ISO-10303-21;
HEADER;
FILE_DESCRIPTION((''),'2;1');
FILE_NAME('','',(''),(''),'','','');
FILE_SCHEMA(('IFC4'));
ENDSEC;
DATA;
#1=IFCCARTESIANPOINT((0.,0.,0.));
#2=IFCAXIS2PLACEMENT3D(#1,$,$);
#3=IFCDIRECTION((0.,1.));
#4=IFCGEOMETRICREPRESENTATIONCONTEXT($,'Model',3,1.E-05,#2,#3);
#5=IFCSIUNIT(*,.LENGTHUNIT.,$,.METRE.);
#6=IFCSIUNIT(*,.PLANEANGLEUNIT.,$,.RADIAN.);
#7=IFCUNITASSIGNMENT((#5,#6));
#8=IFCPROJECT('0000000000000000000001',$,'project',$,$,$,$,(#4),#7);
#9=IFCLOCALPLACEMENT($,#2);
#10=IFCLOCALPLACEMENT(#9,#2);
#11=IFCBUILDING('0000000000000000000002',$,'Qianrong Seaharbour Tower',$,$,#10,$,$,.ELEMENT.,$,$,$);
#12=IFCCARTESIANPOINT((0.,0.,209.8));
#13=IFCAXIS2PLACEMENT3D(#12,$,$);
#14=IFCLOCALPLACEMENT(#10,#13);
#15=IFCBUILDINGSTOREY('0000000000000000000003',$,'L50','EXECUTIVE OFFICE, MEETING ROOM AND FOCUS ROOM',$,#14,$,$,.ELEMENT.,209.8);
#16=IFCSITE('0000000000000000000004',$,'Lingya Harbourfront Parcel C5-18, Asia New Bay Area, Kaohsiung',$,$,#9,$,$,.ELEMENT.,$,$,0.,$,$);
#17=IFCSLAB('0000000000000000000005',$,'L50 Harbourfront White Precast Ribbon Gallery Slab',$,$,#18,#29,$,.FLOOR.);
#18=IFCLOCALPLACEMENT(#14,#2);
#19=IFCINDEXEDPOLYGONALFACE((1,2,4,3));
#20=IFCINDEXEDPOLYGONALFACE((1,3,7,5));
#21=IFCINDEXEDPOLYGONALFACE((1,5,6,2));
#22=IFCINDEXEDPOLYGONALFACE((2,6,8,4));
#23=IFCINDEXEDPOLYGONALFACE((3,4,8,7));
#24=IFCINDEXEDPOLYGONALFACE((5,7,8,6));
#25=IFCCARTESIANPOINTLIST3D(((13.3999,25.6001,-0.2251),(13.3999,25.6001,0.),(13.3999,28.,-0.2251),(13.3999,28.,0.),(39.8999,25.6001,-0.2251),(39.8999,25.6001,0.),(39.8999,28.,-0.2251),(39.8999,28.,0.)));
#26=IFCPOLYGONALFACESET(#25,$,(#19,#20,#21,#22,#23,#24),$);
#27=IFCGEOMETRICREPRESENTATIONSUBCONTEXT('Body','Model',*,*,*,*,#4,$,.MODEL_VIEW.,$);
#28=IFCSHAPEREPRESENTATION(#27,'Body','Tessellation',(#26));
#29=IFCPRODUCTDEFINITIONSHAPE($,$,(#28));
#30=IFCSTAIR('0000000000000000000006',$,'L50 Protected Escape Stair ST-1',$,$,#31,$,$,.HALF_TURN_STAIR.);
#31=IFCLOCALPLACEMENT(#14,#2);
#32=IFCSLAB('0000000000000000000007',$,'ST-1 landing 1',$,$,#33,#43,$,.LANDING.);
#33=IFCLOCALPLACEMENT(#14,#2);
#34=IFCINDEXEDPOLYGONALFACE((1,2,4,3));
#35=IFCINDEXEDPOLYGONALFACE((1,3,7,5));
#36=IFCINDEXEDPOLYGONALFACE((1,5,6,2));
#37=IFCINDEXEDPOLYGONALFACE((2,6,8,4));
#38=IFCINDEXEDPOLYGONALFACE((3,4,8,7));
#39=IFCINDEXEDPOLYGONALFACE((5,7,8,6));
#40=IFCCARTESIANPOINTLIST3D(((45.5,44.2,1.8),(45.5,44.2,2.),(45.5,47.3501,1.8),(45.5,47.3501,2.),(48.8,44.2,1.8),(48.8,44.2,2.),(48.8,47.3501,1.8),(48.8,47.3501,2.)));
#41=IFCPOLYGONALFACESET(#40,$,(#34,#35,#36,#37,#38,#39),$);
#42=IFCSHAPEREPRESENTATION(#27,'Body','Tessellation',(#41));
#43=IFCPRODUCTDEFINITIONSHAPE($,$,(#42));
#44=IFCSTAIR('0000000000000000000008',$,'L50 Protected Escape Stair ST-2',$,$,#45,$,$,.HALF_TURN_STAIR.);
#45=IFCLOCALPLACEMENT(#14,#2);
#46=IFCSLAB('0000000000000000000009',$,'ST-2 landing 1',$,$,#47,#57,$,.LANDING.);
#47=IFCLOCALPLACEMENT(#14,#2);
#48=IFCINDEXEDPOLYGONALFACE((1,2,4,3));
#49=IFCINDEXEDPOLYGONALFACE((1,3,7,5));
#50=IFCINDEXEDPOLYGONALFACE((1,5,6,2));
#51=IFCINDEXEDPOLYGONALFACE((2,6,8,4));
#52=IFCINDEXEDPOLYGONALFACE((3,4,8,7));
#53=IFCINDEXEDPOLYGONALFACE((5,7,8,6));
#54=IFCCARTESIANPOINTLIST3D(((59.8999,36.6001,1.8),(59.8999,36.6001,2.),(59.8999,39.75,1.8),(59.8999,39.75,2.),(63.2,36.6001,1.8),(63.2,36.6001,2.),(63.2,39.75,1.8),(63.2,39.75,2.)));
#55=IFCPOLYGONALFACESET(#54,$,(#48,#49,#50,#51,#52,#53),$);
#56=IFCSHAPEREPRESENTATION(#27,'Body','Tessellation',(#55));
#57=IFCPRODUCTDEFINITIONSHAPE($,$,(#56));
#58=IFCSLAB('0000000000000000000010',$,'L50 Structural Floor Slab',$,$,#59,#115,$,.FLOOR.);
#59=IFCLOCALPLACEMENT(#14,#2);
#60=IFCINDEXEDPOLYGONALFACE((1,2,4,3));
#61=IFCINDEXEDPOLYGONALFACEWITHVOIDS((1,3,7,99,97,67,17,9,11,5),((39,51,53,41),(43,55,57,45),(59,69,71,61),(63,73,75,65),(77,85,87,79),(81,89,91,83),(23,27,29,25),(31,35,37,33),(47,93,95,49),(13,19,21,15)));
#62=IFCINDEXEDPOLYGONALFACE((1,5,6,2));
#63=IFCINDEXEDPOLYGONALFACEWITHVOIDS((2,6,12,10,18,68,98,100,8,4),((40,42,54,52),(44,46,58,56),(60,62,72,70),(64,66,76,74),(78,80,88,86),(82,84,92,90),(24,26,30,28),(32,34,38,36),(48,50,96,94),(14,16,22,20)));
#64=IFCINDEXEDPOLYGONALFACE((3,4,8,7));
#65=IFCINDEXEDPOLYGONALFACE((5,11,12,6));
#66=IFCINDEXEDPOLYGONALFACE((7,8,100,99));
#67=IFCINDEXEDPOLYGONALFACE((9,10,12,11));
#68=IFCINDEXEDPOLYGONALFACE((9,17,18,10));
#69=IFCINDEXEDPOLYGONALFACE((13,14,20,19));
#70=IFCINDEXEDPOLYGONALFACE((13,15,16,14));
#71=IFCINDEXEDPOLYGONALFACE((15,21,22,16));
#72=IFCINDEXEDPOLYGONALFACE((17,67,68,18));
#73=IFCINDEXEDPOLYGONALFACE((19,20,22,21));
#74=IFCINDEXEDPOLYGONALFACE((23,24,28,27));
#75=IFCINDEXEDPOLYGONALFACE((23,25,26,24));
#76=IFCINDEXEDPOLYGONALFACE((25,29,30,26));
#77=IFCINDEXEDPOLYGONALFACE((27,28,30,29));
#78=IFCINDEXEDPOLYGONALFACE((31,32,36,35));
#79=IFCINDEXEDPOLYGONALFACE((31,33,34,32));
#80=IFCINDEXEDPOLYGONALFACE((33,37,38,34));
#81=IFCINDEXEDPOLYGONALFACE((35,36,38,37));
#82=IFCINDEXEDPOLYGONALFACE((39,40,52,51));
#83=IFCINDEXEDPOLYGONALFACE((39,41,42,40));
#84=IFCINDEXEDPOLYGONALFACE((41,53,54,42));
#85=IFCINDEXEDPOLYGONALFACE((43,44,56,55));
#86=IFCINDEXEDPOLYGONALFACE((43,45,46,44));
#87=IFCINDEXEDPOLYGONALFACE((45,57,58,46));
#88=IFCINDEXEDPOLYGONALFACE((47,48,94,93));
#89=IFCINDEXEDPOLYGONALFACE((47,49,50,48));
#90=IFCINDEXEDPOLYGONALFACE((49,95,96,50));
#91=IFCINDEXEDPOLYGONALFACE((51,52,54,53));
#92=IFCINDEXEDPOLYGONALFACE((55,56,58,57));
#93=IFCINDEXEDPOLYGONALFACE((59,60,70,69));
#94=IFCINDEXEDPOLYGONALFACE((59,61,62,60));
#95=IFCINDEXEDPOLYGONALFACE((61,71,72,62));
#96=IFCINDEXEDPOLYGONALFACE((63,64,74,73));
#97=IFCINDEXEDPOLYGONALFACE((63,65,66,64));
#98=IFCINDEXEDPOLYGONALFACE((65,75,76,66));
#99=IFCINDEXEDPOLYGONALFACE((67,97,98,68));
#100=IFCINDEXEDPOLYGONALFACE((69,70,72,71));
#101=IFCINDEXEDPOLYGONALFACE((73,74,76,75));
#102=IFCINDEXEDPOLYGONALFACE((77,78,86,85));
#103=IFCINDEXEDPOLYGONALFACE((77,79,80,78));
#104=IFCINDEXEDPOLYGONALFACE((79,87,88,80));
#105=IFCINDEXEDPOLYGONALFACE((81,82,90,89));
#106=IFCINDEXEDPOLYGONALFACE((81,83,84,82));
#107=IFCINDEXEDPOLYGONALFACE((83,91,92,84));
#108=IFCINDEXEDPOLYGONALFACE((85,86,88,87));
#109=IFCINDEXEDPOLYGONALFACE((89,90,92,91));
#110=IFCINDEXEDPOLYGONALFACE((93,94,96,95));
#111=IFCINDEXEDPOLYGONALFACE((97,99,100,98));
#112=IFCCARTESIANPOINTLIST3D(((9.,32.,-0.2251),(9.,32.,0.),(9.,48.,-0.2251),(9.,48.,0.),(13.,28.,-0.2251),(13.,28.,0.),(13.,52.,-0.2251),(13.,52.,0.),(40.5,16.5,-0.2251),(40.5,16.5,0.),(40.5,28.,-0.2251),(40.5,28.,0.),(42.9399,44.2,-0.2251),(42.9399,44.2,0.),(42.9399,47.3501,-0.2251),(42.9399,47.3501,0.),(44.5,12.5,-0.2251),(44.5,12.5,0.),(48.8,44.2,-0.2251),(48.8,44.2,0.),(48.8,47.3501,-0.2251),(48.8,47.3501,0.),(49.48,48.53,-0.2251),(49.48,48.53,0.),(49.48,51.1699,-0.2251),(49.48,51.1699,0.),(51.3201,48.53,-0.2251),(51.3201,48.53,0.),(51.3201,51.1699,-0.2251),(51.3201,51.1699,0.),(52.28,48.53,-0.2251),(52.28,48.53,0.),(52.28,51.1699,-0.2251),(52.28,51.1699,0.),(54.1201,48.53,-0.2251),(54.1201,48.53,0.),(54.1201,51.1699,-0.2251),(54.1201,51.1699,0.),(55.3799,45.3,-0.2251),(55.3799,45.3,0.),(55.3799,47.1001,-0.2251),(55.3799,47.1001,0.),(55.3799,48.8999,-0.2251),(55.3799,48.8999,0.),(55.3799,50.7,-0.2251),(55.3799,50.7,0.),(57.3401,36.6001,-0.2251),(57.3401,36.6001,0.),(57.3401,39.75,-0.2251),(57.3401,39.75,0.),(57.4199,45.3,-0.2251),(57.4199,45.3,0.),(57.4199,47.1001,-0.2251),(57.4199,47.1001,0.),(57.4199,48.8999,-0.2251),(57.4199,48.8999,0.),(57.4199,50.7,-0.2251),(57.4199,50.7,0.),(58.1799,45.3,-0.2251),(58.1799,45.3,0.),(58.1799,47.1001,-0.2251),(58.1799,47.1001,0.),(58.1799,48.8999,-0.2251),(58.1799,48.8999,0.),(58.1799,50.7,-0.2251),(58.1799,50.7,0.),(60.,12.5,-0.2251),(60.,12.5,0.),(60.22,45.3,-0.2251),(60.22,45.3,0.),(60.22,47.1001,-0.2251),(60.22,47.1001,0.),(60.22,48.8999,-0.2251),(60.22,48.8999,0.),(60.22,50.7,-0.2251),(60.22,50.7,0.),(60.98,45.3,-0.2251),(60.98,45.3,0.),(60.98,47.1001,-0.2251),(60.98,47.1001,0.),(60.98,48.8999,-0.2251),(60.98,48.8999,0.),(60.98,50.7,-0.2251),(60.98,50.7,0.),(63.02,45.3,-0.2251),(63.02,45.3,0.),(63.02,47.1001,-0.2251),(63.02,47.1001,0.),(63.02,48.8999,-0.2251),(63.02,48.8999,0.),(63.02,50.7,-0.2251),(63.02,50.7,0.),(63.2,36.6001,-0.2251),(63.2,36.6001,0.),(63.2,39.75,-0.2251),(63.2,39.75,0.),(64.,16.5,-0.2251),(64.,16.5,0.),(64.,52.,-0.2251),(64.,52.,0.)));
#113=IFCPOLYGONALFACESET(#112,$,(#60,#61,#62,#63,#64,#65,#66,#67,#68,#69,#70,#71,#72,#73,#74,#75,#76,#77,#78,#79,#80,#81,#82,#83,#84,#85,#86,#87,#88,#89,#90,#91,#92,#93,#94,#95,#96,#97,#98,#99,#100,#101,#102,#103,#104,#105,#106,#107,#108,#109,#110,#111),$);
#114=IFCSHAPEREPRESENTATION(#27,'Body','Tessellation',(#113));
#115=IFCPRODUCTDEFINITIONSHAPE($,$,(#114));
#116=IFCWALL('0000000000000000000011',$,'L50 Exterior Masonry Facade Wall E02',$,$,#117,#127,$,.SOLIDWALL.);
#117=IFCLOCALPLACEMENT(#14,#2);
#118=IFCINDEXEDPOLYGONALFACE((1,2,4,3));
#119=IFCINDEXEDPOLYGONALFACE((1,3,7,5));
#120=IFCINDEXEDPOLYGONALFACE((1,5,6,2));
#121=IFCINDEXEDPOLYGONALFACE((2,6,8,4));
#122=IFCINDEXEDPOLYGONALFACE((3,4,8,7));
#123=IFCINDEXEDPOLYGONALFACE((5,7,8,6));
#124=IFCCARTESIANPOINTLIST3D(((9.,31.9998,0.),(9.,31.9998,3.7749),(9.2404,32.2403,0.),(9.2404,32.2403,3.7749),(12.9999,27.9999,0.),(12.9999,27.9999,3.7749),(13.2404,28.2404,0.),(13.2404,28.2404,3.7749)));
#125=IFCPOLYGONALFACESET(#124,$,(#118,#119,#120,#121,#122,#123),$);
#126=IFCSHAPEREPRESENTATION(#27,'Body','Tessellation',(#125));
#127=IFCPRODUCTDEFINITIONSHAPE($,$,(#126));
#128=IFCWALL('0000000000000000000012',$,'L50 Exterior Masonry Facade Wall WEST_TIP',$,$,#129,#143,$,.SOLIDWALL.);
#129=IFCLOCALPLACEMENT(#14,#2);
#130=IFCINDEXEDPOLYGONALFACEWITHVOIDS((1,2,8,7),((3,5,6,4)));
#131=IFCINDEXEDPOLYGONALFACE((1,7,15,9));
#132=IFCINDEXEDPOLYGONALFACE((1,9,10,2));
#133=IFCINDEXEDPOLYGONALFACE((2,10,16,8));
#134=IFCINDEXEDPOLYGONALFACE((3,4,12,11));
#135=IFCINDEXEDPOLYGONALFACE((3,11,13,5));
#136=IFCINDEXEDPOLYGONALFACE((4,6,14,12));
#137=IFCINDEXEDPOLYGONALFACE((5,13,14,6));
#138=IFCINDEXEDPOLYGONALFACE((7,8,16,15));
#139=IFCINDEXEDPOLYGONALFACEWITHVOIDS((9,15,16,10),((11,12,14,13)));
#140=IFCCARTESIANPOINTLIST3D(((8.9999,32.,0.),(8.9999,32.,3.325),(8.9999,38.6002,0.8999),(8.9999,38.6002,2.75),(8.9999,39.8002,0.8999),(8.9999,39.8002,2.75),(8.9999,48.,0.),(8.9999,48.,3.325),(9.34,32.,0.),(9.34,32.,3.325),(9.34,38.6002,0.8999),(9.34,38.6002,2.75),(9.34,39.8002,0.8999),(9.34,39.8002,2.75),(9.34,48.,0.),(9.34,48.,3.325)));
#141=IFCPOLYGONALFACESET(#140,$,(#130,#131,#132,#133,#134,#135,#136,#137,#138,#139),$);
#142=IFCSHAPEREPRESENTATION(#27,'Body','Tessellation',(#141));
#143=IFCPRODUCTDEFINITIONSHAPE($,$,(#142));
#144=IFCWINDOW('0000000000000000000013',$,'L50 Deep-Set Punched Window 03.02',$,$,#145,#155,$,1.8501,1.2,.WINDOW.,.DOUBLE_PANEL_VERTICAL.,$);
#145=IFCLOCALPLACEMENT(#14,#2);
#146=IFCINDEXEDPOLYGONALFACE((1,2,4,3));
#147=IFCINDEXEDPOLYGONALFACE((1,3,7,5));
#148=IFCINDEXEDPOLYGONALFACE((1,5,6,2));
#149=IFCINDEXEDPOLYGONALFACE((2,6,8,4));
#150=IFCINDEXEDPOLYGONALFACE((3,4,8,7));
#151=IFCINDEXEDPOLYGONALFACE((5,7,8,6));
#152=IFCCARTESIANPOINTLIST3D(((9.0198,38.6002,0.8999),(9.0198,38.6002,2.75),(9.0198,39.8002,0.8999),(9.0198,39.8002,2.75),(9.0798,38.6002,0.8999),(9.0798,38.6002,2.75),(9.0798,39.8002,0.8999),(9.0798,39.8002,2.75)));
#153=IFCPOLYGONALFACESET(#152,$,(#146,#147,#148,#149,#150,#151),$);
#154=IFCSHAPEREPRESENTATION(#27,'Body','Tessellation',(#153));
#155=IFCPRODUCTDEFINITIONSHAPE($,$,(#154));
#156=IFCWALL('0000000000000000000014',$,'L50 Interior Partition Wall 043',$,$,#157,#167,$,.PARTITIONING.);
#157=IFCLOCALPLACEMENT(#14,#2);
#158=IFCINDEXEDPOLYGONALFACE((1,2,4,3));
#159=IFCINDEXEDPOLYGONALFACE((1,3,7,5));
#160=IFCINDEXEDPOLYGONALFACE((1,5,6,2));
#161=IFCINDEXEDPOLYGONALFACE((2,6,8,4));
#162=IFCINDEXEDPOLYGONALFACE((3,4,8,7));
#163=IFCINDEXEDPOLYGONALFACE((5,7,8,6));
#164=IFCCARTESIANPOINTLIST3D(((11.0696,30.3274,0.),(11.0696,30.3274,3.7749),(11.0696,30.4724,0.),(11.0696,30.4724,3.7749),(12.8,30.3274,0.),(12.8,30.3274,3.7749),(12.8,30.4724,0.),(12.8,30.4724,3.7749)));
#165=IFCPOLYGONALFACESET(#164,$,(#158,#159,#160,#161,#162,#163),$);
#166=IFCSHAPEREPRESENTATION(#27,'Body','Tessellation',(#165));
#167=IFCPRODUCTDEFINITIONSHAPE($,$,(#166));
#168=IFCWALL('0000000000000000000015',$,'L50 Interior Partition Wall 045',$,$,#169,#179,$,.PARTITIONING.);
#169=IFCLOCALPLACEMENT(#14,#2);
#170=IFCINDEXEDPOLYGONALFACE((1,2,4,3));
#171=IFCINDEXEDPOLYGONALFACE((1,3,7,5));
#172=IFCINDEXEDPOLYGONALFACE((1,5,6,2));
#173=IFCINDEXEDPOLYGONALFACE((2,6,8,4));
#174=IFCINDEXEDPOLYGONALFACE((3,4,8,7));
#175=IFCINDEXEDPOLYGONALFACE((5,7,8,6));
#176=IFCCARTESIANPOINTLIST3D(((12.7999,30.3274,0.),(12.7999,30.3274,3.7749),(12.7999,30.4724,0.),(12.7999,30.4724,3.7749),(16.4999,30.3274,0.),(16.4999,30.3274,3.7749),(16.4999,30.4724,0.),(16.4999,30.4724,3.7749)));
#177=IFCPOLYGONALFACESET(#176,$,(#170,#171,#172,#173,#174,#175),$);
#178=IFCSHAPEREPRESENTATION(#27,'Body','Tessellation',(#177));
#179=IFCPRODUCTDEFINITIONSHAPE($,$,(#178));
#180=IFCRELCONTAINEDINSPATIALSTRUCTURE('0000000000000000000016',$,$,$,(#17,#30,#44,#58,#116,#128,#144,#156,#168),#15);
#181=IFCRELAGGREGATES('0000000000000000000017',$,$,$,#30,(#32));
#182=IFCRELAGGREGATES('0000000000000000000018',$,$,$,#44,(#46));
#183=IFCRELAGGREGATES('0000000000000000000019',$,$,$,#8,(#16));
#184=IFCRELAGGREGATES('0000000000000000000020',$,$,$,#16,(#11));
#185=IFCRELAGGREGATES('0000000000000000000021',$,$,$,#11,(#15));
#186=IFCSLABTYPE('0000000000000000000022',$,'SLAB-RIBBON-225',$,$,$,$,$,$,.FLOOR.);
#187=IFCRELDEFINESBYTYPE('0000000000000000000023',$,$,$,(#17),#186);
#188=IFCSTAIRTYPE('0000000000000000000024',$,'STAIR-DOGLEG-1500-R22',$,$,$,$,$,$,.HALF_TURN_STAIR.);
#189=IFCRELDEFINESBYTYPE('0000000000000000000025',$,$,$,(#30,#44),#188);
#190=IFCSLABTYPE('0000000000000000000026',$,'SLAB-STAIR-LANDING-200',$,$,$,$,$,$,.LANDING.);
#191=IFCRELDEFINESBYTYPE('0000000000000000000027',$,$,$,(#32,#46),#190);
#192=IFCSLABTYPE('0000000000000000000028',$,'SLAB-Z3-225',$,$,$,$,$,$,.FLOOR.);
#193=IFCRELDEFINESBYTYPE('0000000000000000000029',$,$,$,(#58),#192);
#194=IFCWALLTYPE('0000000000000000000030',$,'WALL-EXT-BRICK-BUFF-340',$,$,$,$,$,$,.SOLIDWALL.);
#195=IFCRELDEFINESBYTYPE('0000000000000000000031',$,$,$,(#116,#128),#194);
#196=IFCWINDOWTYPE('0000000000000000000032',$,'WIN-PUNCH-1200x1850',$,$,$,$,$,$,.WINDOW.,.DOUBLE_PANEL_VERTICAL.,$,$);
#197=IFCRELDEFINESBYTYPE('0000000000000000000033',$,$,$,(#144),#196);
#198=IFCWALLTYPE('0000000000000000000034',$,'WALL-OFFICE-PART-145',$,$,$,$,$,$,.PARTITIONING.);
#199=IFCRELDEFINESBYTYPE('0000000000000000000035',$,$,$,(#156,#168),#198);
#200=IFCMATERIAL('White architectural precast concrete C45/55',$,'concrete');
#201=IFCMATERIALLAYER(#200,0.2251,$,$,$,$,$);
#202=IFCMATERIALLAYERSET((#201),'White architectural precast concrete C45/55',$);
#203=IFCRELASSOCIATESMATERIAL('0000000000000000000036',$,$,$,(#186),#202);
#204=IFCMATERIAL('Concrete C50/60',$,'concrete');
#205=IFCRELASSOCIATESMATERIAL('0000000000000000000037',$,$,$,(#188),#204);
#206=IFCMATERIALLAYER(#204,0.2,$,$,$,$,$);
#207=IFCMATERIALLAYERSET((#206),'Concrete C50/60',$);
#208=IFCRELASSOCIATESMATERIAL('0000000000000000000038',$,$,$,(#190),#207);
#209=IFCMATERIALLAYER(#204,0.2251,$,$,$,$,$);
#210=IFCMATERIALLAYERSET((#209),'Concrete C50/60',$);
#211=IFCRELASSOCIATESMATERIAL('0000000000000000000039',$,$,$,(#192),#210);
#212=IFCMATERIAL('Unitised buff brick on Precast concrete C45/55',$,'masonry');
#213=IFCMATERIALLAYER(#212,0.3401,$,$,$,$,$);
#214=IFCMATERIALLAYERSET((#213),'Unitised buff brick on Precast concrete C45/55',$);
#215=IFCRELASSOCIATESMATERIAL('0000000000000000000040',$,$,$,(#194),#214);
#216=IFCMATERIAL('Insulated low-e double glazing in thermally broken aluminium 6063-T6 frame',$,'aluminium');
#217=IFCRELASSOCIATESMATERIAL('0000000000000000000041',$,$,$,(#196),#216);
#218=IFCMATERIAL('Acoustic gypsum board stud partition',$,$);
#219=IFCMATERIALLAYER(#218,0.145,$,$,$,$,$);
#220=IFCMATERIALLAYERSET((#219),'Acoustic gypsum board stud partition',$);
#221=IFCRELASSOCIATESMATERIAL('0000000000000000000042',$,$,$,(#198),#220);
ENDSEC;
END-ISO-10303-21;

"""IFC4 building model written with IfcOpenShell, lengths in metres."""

from ifc_helpers import new_model, si_unit, direction, frame, frame_2d, origin, place, context, subcontext, project, spatial, polyline, rectangle, outline, extrude, material, layer, layer_set, type_object, element, fill, aggregate, save


model = new_model("IFC4")

# Units and contexts
model_context = context("Model", 3, precision=1e-05, world=origin(), true_north=direction((0.0, 1.0)))
body_context = subcontext(model_context, "Body", "Model", "MODEL_VIEW")
ifc_project = project(units=[si_unit("LENGTHUNIT", "METRE"), si_unit("PLANEANGLEUNIT", "RADIAN")], contexts=[model_context])

# Site, building, storey
site_placement = place(None, origin())
site = spatial("IfcSite", under=ifc_project, at=site_placement, Name="Lingya Harbourfront Parcel C5-18, Asia New Bay Area, Kaohsiung", CompositionType="ELEMENT", RefElevation=0.0)
building_placement = place(site_placement, origin())
building = spatial("IfcBuilding", under=site, at=building_placement, Name="Qianrong Seaharbour Tower", CompositionType="ELEMENT")
storey_placement = place(building_placement, frame((0.0, 0.0, 209.8)))
storey = spatial("IfcBuildingStorey", under=building, at=storey_placement, Name="L50", Description="EXECUTIVE OFFICE, MEETING ROOM AND FOCUS ROOM", CompositionType="ELEMENT", Elevation=209.8)

# Shared definitions
ifc_material_1 = material(Name="White architectural precast concrete C45/55", Category="concrete")

# Slab
ifc_layer_1 = layer(ifc_material_1, 0.2251)
ifc_layer_set_1 = layer_set([ifc_layer_1], Name="White architectural precast concrete C45/55")
slab_type_1 = type_object("IfcSlabType", Name="SLAB-RIBBON-225", PredefinedType="FLOOR", material=ifc_layer_set_1)
slab_1_placement = place(storey_placement, frame((0.0, 0.0, -0.2251)))
element("IfcSlab", 1, at=slab_1_placement, inside=storey, type_object=slab_type_1, Name="L50 Harbourfront White Precast Ribbon Gallery Slab", PredefinedType="FLOOR", context=body_context, shape_type="SweptSolid", body=[
    extrude(outline(polyline([(13.3999, 25.6001), (39.8999, 25.6001), (39.8999, 28.0), (13.3999, 28.0), (13.3999, 25.6001)])), origin(), (0.0, 0.0, 1.0), 0.2251),
])

# Stairs, slabs
ifc_material_2 = material(Name="Concrete C50/60", Category="concrete")
stair_type = type_object("IfcStairType", Name="STAIR-DOGLEG-1500-R22", PredefinedType="HALF_TURN_STAIR", material=ifc_material_2)
stair_1_placement = place(storey_placement, origin())
stair_1 = element("IfcStair", 2, at=stair_1_placement, inside=storey, type_object=stair_type, Name="L50 Protected Escape Stair ST-1", PredefinedType="HALF_TURN_STAIR")
ifc_layer_2 = layer(ifc_material_2, 0.2)
ifc_layer_set_2 = layer_set([ifc_layer_2], Name="Concrete C50/60")
slab_type_2 = type_object("IfcSlabType", Name="SLAB-STAIR-LANDING-200", PredefinedType="LANDING", material=ifc_layer_set_2)
slab_2_placement = place(storey_placement, frame((0.0, 0.0, 1.8)))
slab_2 = element("IfcSlab", 3, at=slab_2_placement, type_object=slab_type_2, Name="ST-1 landing 1", PredefinedType="LANDING", context=body_context, shape_type="SweptSolid", body=[
    extrude(outline(polyline([(45.5, 44.2), (48.8, 44.2), (48.8, 47.3501), (45.5, 47.3501), (45.5, 44.2)])), origin(), (0.0, 0.0, 1.0), 0.2),
])
aggregate(stair_1, [slab_2])
stair_2_placement = place(storey_placement, origin())
stair_2 = element("IfcStair", 4, at=stair_2_placement, inside=storey, type_object=stair_type, Name="L50 Protected Escape Stair ST-2", PredefinedType="HALF_TURN_STAIR")
slab_3_placement = place(storey_placement, frame((0.0, 0.0, 1.8)))
slab_3 = element("IfcSlab", 5, at=slab_3_placement, type_object=slab_type_2, Name="ST-2 landing 1", PredefinedType="LANDING", context=body_context, shape_type="SweptSolid", body=[
    extrude(outline(polyline([(59.8999, 36.6001), (63.2, 36.6001), (63.2, 39.75), (59.8999, 39.75), (59.8999, 36.6001)])), origin(), (0.0, 0.0, 1.0), 0.2),
])
aggregate(stair_2, [slab_3])

# Slab
ifc_layer_3 = layer(ifc_material_2, 0.2251)
ifc_layer_set_3 = layer_set([ifc_layer_3], Name="Concrete C50/60")
slab_type_3 = type_object("IfcSlabType", Name="SLAB-Z3-225", PredefinedType="FLOOR", material=ifc_layer_set_3)
slab_4_placement = place(storey_placement, frame((0.0, 0.0, -0.2251)))
element("IfcSlab", 6, at=slab_4_placement, inside=storey, type_object=slab_type_3, Name="L50 Structural Floor Slab", PredefinedType="FLOOR", context=body_context, shape_type="SweptSolid", body=[
    extrude(outline(polyline([(44.5, 12.5), (60.0, 12.5), (64.0, 16.5), (64.0, 52.0), (13.0, 52.0), (9.0, 48.0), (9.0, 32.0), (13.0, 28.0), (40.5, 28.0), (40.5, 16.5), (44.5, 12.5)]), holes=[polyline([(42.9399, 44.2), (42.9399, 47.3501), (48.8, 47.3501), (48.8, 44.2), (42.9399, 44.2)]), polyline([(57.3401, 36.6001), (57.3401, 39.75), (63.2, 39.75), (63.2, 36.6001), (57.3401, 36.6001)]), polyline([(49.48, 48.53), (49.48, 51.1699), (51.3201, 51.1699), (51.3201, 48.53), (49.48, 48.53)]), polyline([(52.28, 48.53), (52.28, 51.1699), (54.1201, 51.1699), (54.1201, 48.53), (52.28, 48.53)]), polyline([(55.3799, 45.3), (55.3799, 47.1001), (57.4199, 47.1001), (57.4199, 45.3), (55.3799, 45.3)]), polyline([(58.1799, 45.3), (58.1799, 47.1001), (60.22, 47.1001), (60.22, 45.3), (58.1799, 45.3)]), polyline([(60.98, 45.3), (60.98, 47.1001), (63.02, 47.1001), (63.02, 45.3), (60.98, 45.3)]), polyline([(55.3799, 48.8999), (55.3799, 50.7), (57.4199, 50.7), (57.4199, 48.8999), (55.3799, 48.8999)]), polyline([(58.1799, 48.8999), (58.1799, 50.7), (60.22, 50.7), (60.22, 48.8999), (58.1799, 48.8999)]), polyline([(60.98, 48.8999), (60.98, 50.7), (63.02, 50.7), (63.02, 48.8999), (60.98, 48.8999)])]), origin(), (0.0, 0.0, 1.0), 0.2251),
])

# Wall
ifc_material_3 = material(Name="Unitised buff brick on Precast concrete C45/55", Category="masonry")
ifc_layer_4 = layer(ifc_material_3, 0.3401)
ifc_layer_set_4 = layer_set([ifc_layer_4], Name="Unitised buff brick on Precast concrete C45/55")
wall_type_1 = type_object("IfcWallType", Name="WALL-EXT-BRICK-BUFF-340", PredefinedType="SOLIDWALL", material=ifc_layer_set_4)
wall_1_placement = place(storey_placement, frame((13.1201, 28.1201, 0.0), z_axis=(0.0, 0.0, 1.0), x_axis=(-0.707107, 0.707107, 0.0)))
element("IfcWall", 7, at=wall_1_placement, inside=storey, type_object=wall_type_1, Name="L50 Exterior Masonry Facade Wall E02", PredefinedType="SOLIDWALL", context=body_context, shape_type="SweptSolid", body=[
    extrude(rectangle(XDim=5.6567, YDim=0.3401, at=frame_2d((2.8284, 0.0))), origin(), (0.0, 0.0, 1.0), 3.7749),
])

# Wall, opening, window
wall_2_placement = place(storey_placement, frame((9.1699, 32.0, 0.0), z_axis=(0.0, 0.0, 1.0), x_axis=(0.0, 1.0, 0.0)))
wall_2 = element("IfcWall", 8, at=wall_2_placement, inside=storey, type_object=wall_type_1, Name="L50 Exterior Masonry Facade Wall WEST_TIP", PredefinedType="SOLIDWALL", context=body_context, shape_type="SweptSolid", body=[
    extrude(rectangle(XDim=16.0, YDim=0.3401, at=frame_2d((8.0, 0.0))), origin(), (0.0, 0.0, 1.0), 3.325),
])
opening_1_placement = place(wall_2_placement, frame((6.6001, 0.0, 0.8999)))
opening_1 = element("IfcOpeningElement", 9, at=opening_1_placement, cuts=wall_2, PredefinedType="OPENING", context=body_context, shape_type="SweptSolid", body=[
    extrude(rectangle(XDim=1.2, YDim=1.8501, at=frame_2d((0.6001, 0.925))), frame((0.0, 0.1802, 0.0), z_axis=(0.0, -1.0, 0.0), x_axis=(1.0, 0.0, 0.0)), (0.0, 0.0, 1.0), 0.3601),
])
ifc_material_4 = material(Name="Insulated low-e double glazing in thermally broken aluminium 6063-T6 frame", Category="aluminium")
window_type = type_object("IfcWindowType", Name="WIN-PUNCH-1200x1850", PartitioningType="DOUBLE_PANEL_VERTICAL", PredefinedType="WINDOW", material=ifc_material_4)
window_placement = place(opening_1_placement, origin())
window = element("IfcWindow", 10, at=window_placement, inside=storey, type_object=window_type, Name="L50 Deep-Set Punched Window 03.02", OverallHeight=1.8501, OverallWidth=1.2, PartitioningType="DOUBLE_PANEL_VERTICAL", PredefinedType="WINDOW", context=body_context, shape_type="SweptSolid", body=[
    extrude(rectangle(XDim=1.2, YDim=1.8501, at=frame_2d((0.6001, 0.925))), frame((0.0, 0.1501, 0.0), z_axis=(0.0, -1.0, 0.0), x_axis=(1.0, 0.0, 0.0)), (0.0, 0.0, 1.0), 0.0601),
])
fill(opening_1, window)

# Walls
ifc_material_5 = material(Name="Acoustic gypsum board stud partition")
ifc_layer_5 = layer(ifc_material_5, 0.145)
ifc_layer_set_5 = layer_set([ifc_layer_5], Name="Acoustic gypsum board stud partition")
wall_type_2 = type_object("IfcWallType", Name="WALL-OFFICE-PART-145", PredefinedType="PARTITIONING", material=ifc_layer_set_5)
wall_3_placement = place(storey_placement, frame((12.8, 30.3999, 0.0), z_axis=(0.0, 0.0, 1.0), x_axis=(-1.0, 0.0, 0.0)))
element("IfcWall", 11, at=wall_3_placement, inside=storey, type_object=wall_type_2, Name="L50 Interior Partition Wall 043", PredefinedType="PARTITIONING", context=body_context, shape_type="SweptSolid", body=[
    extrude(rectangle(XDim=1.7305, YDim=0.145, at=frame_2d((0.8652, 0.0))), origin(), (0.0, 0.0, 1.0), 3.7749),
])
wall_4_placement = place(storey_placement, frame((16.5, 30.3999, 0.0), z_axis=(0.0, 0.0, 1.0), x_axis=(-1.0, 0.0, 0.0)))
element("IfcWall", 12, at=wall_4_placement, inside=storey, type_object=wall_type_2, Name="L50 Interior Partition Wall 045", PredefinedType="PARTITIONING", context=body_context, shape_type="SweptSolid", body=[
    extrude(rectangle(XDim=3.7, YDim=0.145, at=frame_2d((1.8501, 0.0))), origin(), (0.0, 0.0, 1.0), 3.7749),
])

save(model, "model.ifc")
